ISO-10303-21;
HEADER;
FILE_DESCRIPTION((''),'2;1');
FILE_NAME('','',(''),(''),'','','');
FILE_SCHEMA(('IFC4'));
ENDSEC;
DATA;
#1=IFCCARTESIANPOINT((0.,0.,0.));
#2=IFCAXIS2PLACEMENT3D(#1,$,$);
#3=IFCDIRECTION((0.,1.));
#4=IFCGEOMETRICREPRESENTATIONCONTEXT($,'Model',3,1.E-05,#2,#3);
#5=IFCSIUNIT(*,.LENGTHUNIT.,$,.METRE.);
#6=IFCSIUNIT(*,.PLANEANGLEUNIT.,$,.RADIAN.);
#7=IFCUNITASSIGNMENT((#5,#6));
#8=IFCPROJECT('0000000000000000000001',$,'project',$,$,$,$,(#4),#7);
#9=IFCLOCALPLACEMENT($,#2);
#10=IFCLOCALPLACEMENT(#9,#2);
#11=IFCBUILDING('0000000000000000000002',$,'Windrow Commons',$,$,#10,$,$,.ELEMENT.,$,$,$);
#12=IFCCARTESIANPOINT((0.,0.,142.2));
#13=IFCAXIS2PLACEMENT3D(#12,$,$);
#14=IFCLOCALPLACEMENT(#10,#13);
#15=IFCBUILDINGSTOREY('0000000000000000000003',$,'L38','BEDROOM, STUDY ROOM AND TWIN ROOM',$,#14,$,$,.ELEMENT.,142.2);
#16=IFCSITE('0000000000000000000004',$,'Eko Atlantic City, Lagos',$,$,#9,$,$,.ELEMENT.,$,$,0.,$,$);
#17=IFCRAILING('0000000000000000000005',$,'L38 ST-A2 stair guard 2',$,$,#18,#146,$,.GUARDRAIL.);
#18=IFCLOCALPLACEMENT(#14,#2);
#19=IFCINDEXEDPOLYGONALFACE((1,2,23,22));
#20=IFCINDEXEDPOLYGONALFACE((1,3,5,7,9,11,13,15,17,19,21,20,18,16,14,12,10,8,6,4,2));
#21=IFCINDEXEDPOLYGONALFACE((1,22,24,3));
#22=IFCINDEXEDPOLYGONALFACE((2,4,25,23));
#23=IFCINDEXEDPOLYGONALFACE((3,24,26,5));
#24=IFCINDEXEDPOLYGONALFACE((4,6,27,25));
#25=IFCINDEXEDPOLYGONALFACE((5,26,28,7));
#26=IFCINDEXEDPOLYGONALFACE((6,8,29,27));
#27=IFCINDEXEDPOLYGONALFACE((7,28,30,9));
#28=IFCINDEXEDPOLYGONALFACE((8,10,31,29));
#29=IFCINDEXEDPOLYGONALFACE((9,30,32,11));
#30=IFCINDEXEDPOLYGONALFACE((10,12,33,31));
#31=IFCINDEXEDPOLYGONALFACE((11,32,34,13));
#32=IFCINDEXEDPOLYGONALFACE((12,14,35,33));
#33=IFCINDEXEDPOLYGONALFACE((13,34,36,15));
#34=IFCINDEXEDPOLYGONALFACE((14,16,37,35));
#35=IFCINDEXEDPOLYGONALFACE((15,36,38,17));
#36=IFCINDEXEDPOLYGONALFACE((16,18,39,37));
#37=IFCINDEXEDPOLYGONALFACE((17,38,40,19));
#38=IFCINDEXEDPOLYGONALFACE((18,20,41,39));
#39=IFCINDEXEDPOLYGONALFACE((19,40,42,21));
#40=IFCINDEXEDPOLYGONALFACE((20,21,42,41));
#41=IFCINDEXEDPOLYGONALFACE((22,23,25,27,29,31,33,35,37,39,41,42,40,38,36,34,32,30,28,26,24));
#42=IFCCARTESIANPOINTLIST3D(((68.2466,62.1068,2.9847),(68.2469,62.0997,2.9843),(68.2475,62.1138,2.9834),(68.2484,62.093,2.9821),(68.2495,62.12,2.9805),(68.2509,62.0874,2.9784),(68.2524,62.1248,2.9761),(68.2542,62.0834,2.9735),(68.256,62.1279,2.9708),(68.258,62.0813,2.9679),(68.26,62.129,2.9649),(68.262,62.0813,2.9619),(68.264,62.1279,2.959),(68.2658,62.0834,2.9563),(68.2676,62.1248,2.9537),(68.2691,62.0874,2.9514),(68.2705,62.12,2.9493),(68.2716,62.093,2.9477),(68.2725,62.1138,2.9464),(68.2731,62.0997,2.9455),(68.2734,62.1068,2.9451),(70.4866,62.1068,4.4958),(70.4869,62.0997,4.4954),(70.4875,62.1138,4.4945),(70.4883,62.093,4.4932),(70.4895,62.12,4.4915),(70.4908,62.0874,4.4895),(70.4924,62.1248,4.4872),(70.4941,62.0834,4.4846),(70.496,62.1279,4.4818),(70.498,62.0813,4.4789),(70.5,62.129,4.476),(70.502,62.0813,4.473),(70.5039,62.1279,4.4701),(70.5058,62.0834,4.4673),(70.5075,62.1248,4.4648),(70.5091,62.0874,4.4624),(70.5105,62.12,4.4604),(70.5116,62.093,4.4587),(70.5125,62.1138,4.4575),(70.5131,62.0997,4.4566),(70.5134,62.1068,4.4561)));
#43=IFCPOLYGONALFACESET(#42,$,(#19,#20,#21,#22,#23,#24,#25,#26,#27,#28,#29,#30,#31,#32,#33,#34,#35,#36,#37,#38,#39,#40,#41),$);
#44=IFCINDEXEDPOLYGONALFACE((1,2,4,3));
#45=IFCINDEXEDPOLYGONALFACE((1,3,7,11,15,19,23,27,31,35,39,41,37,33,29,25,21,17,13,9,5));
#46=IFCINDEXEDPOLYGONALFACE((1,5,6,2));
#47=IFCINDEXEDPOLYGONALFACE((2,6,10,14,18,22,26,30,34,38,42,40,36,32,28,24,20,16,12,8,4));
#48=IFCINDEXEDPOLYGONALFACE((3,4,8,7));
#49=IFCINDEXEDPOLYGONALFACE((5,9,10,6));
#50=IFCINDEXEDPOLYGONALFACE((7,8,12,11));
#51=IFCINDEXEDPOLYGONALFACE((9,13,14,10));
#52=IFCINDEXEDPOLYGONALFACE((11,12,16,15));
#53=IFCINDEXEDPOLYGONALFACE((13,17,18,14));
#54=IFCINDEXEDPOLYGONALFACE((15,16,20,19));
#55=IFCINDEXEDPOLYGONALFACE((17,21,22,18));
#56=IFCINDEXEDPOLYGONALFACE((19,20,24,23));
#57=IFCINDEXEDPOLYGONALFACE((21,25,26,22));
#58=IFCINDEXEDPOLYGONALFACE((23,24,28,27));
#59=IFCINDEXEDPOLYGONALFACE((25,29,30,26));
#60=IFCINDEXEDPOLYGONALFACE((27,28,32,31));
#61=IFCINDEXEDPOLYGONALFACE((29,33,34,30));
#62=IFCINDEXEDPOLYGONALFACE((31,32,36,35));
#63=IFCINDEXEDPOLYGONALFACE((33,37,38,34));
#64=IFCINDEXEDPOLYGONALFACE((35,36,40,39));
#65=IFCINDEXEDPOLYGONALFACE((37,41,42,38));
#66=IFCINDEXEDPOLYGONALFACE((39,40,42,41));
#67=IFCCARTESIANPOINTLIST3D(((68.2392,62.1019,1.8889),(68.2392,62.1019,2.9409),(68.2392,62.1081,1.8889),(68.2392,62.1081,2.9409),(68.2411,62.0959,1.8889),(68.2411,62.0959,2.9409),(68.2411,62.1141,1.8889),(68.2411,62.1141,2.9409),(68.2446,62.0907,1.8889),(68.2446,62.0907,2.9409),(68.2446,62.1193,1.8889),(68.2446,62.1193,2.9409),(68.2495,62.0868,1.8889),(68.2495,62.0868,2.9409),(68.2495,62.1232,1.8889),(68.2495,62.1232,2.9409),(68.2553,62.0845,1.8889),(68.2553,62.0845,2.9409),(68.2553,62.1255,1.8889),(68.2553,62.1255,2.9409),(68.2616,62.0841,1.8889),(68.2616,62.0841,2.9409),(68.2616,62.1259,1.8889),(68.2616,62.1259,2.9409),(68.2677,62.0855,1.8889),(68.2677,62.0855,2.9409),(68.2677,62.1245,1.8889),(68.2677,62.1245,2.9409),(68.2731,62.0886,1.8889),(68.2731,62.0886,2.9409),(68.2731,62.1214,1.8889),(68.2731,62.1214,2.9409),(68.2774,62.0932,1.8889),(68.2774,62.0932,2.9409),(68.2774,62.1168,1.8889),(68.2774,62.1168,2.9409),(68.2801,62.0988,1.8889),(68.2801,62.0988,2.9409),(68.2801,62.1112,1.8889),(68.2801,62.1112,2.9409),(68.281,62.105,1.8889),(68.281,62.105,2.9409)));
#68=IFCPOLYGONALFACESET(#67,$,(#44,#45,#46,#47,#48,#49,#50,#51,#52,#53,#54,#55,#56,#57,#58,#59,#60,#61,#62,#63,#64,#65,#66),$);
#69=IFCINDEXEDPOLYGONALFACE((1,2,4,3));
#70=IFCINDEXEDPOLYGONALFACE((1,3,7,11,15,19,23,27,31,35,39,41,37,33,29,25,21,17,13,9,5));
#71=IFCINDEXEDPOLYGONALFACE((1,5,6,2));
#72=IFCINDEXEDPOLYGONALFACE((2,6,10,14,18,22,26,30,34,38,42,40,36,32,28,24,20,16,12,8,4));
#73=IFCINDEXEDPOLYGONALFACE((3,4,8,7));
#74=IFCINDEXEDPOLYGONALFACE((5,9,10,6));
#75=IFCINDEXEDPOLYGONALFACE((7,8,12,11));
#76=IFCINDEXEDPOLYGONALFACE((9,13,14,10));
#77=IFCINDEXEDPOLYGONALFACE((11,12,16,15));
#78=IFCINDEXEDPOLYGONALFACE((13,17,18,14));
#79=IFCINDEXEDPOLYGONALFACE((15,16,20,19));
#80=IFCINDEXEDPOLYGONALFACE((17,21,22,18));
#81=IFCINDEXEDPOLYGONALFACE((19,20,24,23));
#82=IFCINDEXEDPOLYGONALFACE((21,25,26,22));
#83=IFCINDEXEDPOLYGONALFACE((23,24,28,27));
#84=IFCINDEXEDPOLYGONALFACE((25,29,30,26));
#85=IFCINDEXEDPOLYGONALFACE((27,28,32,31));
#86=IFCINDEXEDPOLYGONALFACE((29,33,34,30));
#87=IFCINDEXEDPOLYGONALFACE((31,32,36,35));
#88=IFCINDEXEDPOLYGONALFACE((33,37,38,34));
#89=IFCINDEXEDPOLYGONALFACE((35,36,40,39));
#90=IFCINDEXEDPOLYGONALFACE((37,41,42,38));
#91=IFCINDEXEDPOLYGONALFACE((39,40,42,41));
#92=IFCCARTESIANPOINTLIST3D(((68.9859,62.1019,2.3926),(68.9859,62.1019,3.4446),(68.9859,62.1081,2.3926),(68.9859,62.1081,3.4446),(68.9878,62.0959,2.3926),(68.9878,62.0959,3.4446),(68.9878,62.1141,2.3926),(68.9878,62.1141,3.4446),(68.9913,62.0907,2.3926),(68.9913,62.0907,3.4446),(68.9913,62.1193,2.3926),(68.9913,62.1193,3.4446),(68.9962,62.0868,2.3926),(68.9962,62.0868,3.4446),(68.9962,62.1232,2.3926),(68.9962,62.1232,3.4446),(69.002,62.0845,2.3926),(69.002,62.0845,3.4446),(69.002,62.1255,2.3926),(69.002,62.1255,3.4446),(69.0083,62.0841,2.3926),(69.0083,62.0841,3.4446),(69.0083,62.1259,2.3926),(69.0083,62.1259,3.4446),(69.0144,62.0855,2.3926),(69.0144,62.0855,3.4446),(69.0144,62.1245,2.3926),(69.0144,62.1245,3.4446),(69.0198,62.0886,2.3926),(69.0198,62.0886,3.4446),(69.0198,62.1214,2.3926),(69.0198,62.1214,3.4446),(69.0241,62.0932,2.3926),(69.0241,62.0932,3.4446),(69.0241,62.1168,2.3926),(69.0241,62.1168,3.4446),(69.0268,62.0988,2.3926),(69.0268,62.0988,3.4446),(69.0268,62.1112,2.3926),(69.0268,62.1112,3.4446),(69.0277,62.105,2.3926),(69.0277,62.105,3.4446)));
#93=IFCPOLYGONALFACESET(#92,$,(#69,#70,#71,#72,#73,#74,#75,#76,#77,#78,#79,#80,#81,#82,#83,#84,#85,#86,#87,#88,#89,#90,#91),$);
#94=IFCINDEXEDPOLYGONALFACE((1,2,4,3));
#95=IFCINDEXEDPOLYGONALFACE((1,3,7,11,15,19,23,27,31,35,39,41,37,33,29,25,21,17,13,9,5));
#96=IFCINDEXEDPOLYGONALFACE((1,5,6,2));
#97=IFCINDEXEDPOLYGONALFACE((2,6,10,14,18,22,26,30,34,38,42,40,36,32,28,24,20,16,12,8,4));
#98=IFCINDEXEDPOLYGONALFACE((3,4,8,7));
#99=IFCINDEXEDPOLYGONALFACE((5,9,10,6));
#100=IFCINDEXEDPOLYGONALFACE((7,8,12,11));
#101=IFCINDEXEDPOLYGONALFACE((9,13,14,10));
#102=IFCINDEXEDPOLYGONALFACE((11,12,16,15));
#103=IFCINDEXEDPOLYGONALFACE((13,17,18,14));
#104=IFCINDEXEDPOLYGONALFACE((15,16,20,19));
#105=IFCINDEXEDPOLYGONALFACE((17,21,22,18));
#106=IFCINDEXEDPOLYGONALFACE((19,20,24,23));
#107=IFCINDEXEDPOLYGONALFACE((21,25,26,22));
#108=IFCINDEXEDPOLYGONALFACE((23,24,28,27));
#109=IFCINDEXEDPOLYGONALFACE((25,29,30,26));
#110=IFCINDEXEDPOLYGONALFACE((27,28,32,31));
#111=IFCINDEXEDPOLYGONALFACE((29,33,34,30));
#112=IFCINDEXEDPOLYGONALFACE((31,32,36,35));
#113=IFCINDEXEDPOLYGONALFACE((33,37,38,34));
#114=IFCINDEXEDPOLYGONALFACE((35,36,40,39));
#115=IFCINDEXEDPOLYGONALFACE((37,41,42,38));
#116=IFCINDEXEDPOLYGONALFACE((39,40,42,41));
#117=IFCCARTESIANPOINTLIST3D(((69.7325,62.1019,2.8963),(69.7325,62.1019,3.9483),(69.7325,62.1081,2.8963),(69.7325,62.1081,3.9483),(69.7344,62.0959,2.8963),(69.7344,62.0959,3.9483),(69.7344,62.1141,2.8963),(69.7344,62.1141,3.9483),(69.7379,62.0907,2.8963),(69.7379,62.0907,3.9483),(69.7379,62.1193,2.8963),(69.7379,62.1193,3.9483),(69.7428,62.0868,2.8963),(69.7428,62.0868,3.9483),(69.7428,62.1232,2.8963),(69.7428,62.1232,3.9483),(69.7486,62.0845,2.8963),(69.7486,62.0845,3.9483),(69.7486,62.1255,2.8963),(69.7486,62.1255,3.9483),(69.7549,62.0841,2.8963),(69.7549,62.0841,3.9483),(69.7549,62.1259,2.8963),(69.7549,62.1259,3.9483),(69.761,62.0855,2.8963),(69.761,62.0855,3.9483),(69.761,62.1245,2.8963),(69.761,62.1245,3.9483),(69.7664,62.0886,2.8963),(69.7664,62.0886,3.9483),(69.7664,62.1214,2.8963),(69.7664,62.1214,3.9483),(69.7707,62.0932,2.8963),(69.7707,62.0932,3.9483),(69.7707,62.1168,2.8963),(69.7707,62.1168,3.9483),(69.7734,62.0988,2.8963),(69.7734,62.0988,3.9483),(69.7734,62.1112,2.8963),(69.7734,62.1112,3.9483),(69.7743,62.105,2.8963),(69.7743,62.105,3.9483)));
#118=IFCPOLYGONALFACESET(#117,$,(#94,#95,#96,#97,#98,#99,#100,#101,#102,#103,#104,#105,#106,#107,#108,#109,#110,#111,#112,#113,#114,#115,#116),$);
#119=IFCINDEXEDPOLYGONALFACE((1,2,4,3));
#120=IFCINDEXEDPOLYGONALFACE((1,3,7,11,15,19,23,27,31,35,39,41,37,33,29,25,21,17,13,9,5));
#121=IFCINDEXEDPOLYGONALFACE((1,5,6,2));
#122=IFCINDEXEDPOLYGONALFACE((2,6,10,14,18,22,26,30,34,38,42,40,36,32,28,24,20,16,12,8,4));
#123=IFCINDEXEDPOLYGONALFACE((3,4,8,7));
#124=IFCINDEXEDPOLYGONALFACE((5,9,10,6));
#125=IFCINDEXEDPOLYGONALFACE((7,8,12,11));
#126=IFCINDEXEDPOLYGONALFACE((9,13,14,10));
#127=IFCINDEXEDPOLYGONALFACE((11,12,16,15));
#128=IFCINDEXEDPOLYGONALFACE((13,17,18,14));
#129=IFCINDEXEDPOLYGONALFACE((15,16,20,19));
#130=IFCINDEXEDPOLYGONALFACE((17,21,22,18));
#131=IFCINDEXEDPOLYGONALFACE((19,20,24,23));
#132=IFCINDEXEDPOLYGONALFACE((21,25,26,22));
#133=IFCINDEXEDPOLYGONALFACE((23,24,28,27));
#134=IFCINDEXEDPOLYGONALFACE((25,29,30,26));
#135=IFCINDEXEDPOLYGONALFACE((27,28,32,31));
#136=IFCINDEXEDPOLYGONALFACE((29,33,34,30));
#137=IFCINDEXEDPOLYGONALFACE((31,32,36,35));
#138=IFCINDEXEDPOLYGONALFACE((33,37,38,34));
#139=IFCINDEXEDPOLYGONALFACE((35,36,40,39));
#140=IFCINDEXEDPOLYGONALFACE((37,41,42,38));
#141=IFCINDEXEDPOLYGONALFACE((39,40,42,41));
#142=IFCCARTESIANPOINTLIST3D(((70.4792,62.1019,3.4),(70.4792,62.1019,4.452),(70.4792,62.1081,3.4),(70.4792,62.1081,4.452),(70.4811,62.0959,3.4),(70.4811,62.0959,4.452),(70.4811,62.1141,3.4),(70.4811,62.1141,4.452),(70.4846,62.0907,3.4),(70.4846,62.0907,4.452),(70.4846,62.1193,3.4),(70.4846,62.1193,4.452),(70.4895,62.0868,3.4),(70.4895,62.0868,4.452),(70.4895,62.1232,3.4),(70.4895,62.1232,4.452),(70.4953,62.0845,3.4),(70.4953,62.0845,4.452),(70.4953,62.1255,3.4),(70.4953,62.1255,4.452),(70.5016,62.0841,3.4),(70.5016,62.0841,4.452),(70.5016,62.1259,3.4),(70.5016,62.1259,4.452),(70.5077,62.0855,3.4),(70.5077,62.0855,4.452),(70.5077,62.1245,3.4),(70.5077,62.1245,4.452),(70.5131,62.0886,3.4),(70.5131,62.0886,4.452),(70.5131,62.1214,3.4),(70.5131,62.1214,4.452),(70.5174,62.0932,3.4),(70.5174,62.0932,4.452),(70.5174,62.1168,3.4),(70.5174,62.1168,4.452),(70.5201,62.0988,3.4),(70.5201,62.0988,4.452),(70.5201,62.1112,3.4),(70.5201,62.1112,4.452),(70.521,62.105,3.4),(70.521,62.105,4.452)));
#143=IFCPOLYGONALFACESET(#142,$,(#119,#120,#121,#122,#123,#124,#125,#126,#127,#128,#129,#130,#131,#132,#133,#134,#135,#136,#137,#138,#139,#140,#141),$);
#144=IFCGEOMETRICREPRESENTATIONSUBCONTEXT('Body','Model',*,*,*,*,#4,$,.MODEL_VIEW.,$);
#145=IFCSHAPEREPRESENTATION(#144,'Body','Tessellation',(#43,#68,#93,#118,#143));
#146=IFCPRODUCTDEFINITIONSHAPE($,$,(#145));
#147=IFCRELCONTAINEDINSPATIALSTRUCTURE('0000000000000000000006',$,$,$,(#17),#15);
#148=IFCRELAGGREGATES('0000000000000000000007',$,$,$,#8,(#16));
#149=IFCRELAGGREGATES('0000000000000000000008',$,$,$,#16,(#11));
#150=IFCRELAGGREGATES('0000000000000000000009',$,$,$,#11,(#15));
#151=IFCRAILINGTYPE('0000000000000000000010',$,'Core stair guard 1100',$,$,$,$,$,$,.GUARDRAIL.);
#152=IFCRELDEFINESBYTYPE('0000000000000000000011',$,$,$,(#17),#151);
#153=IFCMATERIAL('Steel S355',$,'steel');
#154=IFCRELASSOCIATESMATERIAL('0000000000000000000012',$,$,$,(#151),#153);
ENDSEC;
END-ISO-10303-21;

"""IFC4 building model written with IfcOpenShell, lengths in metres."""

from ifc_helpers import new_model, si_unit, direction, frame, origin, origin_2d, place, context, subcontext, project, spatial, circle, extrude, material, type_object, element, save


model = new_model("IFC4")

# Units and contexts
model_context = context("Model", 3, precision=1e-05, world=origin(), true_north=direction((0.0, 1.0)))
body_context = subcontext(model_context, "Body", "Model", "MODEL_VIEW")
ifc_project = project(units=[si_unit("LENGTHUNIT", "METRE"), si_unit("PLANEANGLEUNIT", "RADIAN")], contexts=[model_context])

# Site, building, storey
site_placement = place(None, origin())
site = spatial("IfcSite", under=ifc_project, at=site_placement, Name="Eko Atlantic City, Lagos", CompositionType="ELEMENT", RefElevation=0.0)
building_placement = place(site_placement, origin())
building = spatial("IfcBuilding", under=site, at=building_placement, Name="Windrow Commons", CompositionType="ELEMENT")
storey_placement = place(building_placement, frame((0.0, 0.0, 142.2)))
storey = spatial("IfcBuildingStorey", under=building, at=storey_placement, Name="L38", Description="BEDROOM, STUDY ROOM AND TWIN ROOM", CompositionType="ELEMENT", Elevation=142.2)

# Railing
ifc_material_1 = material(Name="Steel S355", Category="steel")
railing_type_1 = type_object("IfcRailingType", Name="Core stair guard 1100", PredefinedType="GUARDRAIL", material=ifc_material_1)
railing_1_placement = place(storey_placement, frame((68.26, 62.105, 1.8889)))
element("IfcRailing", 1, at=railing_1_placement, inside=storey, type_object=railing_type_1, Name="L38 ST-A2 stair guard 2", PredefinedType="GUARDRAIL", context=body_context, shape_type="SweptSolid", body=[
    extrude(circle(Radius=0.024, at=origin_2d()), frame((0.0, 0.0, 1.076), z_axis=(0.829003, 0.0, 0.559244), x_axis=(0.0, 1.0, 0.0)), (0.0, 0.0, 1.0), 2.702),
    extrude(circle(Radius=0.021, at=origin_2d()), origin(), (0.0, 0.0, 1.0), 1.052),
    extrude(circle(Radius=0.021, at=origin_2d()), frame((0.7467, 0.0, 0.5037)), (0.0, 0.0, 1.0), 1.052),
    extrude(circle(Radius=0.021, at=origin_2d()), frame((1.4933, 0.0, 1.0074)), (0.0, 0.0, 1.0), 1.052),
    extrude(circle(Radius=0.021, at=origin_2d()), frame((2.24, 0.0, 1.5111)), (0.0, 0.0, 1.0), 1.052),
])

save(model, "model.ifc")
